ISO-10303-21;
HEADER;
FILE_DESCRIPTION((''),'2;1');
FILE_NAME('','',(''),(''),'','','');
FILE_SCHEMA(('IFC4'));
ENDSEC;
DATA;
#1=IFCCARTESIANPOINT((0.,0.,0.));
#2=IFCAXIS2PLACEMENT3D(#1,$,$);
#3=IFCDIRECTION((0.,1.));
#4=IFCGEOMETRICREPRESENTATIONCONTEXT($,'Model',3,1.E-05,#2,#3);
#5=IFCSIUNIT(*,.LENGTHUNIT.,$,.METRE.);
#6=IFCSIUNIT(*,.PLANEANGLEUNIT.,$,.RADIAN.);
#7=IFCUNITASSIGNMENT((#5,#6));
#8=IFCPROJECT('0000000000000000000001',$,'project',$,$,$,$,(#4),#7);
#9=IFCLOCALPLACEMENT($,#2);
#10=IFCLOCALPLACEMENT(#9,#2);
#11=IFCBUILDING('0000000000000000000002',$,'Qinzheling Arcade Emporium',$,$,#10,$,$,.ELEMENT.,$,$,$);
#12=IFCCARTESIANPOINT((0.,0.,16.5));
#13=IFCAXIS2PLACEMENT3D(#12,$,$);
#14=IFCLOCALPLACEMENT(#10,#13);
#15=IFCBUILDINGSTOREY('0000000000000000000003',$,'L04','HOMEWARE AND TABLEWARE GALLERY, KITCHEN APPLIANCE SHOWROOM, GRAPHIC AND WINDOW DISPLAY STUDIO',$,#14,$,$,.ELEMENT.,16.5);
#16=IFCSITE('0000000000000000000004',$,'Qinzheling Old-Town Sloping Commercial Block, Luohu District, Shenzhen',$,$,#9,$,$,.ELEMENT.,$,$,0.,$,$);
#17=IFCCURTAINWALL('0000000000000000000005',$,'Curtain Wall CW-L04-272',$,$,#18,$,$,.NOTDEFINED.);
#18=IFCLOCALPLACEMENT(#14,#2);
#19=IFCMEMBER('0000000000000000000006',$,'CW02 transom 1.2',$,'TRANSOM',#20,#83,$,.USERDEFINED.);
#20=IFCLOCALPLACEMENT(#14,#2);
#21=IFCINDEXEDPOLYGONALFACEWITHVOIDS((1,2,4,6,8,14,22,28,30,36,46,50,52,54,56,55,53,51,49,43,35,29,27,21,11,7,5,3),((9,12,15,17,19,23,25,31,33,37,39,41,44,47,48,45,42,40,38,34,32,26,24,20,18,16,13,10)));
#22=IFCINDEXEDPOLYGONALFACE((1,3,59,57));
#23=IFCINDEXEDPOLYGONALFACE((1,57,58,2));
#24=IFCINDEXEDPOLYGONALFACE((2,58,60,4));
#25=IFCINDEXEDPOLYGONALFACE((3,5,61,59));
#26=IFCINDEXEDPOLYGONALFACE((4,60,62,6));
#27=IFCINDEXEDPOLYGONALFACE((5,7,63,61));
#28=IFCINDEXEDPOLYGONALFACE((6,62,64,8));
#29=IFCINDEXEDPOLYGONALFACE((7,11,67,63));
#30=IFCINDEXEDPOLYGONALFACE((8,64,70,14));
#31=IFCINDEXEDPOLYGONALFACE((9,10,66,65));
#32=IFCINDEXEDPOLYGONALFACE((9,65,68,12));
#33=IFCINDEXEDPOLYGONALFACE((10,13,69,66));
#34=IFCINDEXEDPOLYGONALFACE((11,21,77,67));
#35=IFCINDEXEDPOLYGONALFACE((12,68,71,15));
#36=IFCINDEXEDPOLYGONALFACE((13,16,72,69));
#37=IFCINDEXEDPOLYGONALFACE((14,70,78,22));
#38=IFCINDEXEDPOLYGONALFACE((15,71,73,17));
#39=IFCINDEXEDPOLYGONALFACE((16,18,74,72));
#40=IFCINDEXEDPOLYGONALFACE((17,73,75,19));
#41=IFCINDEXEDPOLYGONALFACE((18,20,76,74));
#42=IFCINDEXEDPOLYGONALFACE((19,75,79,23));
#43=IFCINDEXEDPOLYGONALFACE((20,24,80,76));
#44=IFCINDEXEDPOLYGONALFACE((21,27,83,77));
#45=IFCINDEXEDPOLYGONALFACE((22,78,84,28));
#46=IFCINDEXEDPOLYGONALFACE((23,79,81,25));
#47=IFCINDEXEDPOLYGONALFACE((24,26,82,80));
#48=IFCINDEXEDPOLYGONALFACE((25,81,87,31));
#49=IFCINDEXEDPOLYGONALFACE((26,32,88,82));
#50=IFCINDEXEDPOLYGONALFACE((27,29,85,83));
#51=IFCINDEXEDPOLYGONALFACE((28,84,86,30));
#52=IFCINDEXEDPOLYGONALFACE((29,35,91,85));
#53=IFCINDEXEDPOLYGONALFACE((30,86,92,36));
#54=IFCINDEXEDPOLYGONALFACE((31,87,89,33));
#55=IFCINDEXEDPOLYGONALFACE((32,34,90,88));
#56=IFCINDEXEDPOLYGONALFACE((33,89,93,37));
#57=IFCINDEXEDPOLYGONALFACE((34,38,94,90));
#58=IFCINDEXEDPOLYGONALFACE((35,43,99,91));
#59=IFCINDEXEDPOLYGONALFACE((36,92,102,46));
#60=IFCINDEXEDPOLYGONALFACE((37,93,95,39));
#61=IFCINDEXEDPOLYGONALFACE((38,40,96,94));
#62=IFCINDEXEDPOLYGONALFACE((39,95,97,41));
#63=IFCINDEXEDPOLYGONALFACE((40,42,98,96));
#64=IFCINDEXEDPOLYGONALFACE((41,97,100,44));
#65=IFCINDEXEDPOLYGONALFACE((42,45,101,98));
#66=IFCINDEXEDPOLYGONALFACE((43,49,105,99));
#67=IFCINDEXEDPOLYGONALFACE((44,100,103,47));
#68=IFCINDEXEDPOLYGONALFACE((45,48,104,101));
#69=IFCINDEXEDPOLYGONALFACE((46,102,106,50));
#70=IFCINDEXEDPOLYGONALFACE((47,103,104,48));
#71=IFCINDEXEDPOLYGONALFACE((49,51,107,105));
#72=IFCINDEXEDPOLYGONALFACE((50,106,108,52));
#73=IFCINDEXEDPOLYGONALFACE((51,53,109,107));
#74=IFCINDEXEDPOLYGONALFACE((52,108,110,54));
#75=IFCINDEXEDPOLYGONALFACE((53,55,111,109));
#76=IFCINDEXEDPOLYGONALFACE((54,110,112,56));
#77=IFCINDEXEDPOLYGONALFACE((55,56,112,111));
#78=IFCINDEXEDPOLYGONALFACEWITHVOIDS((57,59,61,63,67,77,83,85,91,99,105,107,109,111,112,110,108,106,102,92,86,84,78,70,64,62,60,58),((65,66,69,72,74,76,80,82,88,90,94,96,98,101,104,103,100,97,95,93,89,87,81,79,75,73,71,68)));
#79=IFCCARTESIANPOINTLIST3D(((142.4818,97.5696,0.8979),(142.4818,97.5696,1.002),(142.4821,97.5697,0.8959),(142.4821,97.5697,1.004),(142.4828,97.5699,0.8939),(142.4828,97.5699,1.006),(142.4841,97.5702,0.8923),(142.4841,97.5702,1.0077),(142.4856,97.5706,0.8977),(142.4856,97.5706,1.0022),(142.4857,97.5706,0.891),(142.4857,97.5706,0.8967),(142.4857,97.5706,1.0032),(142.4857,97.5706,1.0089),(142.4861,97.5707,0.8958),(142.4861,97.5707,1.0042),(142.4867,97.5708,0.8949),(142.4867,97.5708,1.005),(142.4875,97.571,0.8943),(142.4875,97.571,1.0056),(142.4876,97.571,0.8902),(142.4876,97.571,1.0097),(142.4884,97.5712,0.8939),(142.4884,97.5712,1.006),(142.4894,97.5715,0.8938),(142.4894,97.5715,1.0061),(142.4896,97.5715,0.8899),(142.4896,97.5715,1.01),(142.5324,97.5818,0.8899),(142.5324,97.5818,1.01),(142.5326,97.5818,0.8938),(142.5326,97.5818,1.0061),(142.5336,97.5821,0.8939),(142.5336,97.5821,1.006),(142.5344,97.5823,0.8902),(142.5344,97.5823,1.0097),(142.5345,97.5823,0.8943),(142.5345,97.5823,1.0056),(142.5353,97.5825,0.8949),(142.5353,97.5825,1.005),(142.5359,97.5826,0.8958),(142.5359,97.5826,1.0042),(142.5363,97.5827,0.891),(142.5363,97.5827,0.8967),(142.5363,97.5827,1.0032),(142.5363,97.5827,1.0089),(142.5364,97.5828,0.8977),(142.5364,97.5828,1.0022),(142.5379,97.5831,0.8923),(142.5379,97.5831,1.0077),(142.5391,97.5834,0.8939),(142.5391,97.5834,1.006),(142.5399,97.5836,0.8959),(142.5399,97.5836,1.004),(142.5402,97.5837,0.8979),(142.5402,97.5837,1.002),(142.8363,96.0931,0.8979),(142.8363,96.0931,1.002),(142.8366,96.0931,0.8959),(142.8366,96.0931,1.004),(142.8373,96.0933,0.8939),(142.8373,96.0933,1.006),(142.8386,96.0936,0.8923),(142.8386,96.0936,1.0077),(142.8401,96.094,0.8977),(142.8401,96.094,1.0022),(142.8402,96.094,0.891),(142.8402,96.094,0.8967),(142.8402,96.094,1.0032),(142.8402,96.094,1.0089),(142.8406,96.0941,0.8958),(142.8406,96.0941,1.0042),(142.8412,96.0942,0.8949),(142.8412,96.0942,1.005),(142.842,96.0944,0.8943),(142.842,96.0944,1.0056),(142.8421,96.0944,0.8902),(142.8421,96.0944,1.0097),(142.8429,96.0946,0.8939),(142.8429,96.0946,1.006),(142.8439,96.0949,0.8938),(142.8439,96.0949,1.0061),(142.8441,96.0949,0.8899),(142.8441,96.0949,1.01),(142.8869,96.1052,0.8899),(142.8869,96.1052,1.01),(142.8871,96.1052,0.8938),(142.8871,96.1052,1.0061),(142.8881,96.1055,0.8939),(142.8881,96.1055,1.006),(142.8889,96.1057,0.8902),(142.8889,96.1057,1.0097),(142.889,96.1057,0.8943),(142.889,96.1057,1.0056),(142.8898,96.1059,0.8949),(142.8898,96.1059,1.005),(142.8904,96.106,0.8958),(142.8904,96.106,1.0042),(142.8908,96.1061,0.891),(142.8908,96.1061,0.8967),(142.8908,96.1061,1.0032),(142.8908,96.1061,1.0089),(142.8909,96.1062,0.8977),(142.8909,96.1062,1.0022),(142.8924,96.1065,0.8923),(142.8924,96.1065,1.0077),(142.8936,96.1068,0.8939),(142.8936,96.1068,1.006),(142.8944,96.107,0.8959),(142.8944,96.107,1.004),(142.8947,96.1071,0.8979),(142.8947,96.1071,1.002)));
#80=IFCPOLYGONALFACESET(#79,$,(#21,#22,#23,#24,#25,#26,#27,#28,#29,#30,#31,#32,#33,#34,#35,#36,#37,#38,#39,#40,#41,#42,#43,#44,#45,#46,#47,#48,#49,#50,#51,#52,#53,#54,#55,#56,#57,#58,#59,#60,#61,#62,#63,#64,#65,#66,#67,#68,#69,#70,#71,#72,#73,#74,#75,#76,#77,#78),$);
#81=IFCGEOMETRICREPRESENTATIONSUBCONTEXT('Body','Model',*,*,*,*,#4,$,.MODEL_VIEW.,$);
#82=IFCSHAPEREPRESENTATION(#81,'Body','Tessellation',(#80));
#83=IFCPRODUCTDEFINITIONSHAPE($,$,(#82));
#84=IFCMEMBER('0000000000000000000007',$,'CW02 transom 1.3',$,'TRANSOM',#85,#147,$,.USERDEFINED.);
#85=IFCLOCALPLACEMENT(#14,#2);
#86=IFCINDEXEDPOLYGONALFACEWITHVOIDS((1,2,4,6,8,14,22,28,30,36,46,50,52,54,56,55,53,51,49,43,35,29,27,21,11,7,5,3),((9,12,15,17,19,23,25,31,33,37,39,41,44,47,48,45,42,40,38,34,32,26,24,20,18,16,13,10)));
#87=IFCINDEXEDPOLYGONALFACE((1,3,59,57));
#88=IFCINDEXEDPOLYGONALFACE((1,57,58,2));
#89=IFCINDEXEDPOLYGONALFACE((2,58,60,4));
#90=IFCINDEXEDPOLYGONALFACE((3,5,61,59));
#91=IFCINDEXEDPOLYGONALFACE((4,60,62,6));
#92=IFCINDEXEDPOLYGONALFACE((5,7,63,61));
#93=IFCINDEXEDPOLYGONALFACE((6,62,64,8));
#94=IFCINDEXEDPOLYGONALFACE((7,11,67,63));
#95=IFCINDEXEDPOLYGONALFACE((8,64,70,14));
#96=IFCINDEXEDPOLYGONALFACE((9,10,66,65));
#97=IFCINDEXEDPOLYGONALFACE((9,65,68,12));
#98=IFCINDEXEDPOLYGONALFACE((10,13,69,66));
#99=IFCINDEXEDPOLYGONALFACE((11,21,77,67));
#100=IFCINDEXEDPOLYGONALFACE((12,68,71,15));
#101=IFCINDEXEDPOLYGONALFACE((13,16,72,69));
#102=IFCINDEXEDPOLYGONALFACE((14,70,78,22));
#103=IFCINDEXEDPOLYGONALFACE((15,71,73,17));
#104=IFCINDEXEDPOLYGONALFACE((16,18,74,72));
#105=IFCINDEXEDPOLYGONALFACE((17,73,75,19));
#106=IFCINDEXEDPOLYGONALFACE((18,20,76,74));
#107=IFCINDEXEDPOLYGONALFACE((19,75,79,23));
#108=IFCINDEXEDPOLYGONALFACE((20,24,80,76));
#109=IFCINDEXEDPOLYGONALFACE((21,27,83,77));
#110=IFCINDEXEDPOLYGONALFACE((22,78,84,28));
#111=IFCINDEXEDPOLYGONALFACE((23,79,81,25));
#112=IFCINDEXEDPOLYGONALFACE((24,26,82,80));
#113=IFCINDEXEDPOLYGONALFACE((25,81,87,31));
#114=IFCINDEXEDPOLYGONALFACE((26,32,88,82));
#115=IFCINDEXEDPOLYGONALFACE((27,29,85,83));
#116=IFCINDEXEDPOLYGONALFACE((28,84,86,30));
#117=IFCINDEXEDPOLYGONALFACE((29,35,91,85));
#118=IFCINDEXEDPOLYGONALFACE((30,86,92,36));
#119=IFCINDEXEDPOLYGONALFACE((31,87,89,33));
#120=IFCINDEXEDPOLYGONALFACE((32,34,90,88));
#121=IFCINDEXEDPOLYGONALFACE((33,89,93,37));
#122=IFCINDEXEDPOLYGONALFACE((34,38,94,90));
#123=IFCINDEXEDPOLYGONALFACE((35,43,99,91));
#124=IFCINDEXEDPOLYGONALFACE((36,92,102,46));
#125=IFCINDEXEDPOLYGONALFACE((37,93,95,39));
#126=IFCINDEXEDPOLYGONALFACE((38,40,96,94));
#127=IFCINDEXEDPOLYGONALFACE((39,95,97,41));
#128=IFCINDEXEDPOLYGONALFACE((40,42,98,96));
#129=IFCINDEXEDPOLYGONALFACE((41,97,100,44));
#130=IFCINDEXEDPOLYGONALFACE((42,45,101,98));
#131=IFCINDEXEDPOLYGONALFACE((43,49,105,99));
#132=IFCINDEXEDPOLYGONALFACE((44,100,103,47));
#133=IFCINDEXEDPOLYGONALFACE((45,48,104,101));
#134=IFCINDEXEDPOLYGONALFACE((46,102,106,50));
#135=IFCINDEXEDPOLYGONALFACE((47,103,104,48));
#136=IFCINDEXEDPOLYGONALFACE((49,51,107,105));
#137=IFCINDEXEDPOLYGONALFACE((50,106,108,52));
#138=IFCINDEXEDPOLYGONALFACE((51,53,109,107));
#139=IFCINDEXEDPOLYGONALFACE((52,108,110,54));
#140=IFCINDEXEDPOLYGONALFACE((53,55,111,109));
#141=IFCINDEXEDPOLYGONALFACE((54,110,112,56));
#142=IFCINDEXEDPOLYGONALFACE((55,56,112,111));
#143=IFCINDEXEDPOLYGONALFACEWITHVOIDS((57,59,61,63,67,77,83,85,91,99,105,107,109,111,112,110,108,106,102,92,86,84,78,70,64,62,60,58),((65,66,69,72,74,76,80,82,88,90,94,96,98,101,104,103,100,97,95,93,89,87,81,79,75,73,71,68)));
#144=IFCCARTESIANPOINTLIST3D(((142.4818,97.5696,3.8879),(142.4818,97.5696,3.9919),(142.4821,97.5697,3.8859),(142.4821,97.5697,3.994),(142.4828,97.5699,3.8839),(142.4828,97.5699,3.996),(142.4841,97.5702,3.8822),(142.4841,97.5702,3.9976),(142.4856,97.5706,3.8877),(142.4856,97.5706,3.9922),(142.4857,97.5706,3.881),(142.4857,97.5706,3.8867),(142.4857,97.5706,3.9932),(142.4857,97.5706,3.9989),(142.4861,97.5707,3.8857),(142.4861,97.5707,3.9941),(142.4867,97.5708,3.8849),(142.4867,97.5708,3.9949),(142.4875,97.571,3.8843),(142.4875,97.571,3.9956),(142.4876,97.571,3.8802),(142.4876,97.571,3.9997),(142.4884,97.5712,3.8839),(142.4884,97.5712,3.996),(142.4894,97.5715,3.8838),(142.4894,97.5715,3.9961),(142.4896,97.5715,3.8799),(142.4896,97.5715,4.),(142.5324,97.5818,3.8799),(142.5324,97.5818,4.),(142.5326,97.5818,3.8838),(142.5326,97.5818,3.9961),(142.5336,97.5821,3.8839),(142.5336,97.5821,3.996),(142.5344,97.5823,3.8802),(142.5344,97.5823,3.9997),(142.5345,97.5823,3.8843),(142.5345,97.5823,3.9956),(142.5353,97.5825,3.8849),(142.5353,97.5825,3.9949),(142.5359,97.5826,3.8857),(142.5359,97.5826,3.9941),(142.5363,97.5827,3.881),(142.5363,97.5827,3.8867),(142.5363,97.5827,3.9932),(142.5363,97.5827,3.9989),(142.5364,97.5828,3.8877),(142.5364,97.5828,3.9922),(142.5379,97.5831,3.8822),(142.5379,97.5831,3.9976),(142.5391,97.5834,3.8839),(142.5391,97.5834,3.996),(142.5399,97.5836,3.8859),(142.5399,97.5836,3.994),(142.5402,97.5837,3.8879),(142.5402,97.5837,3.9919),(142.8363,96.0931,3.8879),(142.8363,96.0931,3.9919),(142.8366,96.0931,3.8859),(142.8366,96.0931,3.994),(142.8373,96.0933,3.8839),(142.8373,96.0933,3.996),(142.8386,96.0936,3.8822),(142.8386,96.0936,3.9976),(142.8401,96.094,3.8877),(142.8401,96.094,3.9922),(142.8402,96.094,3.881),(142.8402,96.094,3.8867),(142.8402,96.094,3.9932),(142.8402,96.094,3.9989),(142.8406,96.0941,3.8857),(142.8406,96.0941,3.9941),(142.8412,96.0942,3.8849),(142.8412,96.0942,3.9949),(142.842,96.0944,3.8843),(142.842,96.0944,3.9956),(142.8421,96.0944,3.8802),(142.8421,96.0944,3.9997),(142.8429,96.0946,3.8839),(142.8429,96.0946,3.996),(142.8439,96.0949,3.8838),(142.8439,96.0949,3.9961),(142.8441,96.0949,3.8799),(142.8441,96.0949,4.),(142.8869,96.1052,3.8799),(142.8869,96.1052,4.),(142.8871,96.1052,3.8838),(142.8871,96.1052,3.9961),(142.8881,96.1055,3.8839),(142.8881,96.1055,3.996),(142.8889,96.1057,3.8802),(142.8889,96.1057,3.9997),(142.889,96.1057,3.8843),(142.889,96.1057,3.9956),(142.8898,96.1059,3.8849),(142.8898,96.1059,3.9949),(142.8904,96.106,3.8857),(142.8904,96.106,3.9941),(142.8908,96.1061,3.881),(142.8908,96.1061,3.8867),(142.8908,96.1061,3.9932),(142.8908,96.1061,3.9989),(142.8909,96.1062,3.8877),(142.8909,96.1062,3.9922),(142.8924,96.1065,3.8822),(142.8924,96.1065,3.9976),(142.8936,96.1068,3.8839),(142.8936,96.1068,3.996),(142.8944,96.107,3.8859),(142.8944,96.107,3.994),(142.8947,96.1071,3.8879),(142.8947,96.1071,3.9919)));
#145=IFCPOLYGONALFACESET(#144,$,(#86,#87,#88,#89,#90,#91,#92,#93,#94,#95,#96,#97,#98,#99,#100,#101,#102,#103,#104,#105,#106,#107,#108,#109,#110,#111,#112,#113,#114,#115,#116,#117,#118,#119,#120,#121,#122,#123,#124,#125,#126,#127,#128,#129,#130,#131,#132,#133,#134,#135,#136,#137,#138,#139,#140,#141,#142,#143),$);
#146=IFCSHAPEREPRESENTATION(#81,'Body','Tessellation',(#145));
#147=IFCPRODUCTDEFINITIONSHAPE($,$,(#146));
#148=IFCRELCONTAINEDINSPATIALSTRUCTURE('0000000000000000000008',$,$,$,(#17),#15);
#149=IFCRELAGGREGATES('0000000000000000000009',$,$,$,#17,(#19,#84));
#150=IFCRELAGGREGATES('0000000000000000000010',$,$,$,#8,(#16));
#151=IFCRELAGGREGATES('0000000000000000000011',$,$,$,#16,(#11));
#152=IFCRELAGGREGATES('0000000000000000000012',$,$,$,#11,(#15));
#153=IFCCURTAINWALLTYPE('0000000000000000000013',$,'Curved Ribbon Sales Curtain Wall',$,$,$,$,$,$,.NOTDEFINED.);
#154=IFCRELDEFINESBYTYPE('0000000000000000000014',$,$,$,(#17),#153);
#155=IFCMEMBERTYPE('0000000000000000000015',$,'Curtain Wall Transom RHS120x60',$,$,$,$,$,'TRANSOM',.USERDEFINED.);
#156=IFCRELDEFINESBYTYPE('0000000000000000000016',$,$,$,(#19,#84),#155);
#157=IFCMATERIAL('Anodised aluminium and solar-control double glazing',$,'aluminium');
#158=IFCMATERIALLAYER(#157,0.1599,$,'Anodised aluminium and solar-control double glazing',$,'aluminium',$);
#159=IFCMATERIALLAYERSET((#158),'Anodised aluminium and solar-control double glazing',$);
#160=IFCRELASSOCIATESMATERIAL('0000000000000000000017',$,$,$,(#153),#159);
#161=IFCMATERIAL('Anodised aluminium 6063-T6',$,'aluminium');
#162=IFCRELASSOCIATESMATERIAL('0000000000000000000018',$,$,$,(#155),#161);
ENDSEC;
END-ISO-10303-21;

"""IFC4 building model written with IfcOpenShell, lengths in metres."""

from ifc_helpers import new_model, si_unit, direction, frame, origin, origin_2d, place, context, subcontext, project, spatial, hollow_rectangle, extrude, material, layer, layer_set, material_profile, profile_set, type_object, element, aggregate, save


model = new_model("IFC4")

# Units and contexts
model_context = context("Model", 3, precision=1e-05, world=origin(), true_north=direction((0.0, 1.0)))
body_context = subcontext(model_context, "Body", "Model", "MODEL_VIEW")
ifc_project = project(units=[si_unit("LENGTHUNIT", "METRE"), si_unit("PLANEANGLEUNIT", "RADIAN")], contexts=[model_context])

# Site, building, storey
site_placement = place(None, origin())
site = spatial("IfcSite", under=ifc_project, at=site_placement, Name="Qinzheling Old-Town Sloping Commercial Block, Luohu District, Shenzhen", CompositionType="ELEMENT", RefElevation=0.0)
building_placement = place(site_placement, origin())
building = spatial("IfcBuilding", under=site, at=building_placement, Name="Qinzheling Arcade Emporium", CompositionType="ELEMENT")
storey_placement = place(building_placement, frame((0.0, 0.0, 16.5)))
storey = spatial("IfcBuildingStorey", under=building, at=storey_placement, Name="L04", Description="HOMEWARE AND TABLEWARE GALLERY, KITCHEN APPLIANCE SHOWROOM, GRAPHIC AND WINDOW DISPLAY STUDIO", CompositionType="ELEMENT", Elevation=16.5)

# Shared definitions
ifc_material_1 = material(Name="Anodised aluminium and solar-control double glazing", Category="aluminium")
ifc_layer_1 = layer(ifc_material_1, 0.1599, Name="Anodised aluminium and solar-control double glazing", Category="aluminium")
ifc_layer_set_1 = layer_set([ifc_layer_1], Name="Anodised aluminium and solar-control double glazing")
curtain_wall_type = type_object("IfcCurtainWallType", Name="Curved Ribbon Sales Curtain Wall", PredefinedType="NOTDEFINED", material=ifc_layer_set_1)
ifc_material_2 = material(Name="Anodised aluminium 6063-T6", Category="aluminium")

# Curtain wall
curtain_wall_1_placement = place(storey_placement, origin())
curtain_wall_1 = element("IfcCurtainWall", 1, at=curtain_wall_1_placement, inside=storey, type_object=curtain_wall_type, Name="Curtain Wall CW-L04-272", PredefinedType="NOTDEFINED")

# Members
ifc_material_profile_1 = material_profile(ifc_material_2, hollow_rectangle(XDim=0.0601, YDim=0.1201, WallThickness=0.0039, InnerFilletRadius=0.0039, OuterFilletRadius=0.0081, at=origin_2d()), Name="RHS 120x60x4", Category="aluminium")
ifc_profile_set_1 = profile_set([ifc_material_profile_1], Name="Anodised aluminium 6063-T6")
member_type_1 = type_object("IfcMemberType", Name="Curtain Wall Transom RHS120x60", ElementType="TRANSOM", PredefinedType="USERDEFINED", material=ifc_profile_set_1)
member_1_placement = place(storey_placement, frame((142.511, 97.5767, 0.95), z_axis=(0.233446, -0.97237, 0.0), x_axis=(0.97237, 0.233446, 0.0)))
member_1 = element("IfcMember", 2, at=member_1_placement, type_object=member_type_1, Name="CW02 transom 1.2", ObjectType="TRANSOM", PredefinedType="USERDEFINED", context=body_context, shape_type="SweptSolid", body=[
    extrude(hollow_rectangle(XDim=0.0601, YDim=0.1201, WallThickness=0.0039, InnerFilletRadius=0.0039, OuterFilletRadius=0.0081, at=origin_2d()), origin(), (0.0, 0.0, 1.0), 1.5186),
])
member_2_placement = place(storey_placement, frame((142.511, 97.5767, 3.9399), z_axis=(0.233446, -0.97237, 0.0), x_axis=(0.97237, 0.233446, 0.0)))
member_2 = element("IfcMember", 3, at=member_2_placement, type_object=member_type_1, Name="CW02 transom 1.3", ObjectType="TRANSOM", PredefinedType="USERDEFINED", context=body_context, shape_type="SweptSolid", body=[
    extrude(hollow_rectangle(XDim=0.0601, YDim=0.1201, WallThickness=0.0039, InnerFilletRadius=0.0039, OuterFilletRadius=0.0081, at=origin_2d()), origin(), (0.0, 0.0, 1.0), 1.5186),
])

aggregate(curtain_wall_1, [member_1, member_2])

save(model, "model.ifc")
